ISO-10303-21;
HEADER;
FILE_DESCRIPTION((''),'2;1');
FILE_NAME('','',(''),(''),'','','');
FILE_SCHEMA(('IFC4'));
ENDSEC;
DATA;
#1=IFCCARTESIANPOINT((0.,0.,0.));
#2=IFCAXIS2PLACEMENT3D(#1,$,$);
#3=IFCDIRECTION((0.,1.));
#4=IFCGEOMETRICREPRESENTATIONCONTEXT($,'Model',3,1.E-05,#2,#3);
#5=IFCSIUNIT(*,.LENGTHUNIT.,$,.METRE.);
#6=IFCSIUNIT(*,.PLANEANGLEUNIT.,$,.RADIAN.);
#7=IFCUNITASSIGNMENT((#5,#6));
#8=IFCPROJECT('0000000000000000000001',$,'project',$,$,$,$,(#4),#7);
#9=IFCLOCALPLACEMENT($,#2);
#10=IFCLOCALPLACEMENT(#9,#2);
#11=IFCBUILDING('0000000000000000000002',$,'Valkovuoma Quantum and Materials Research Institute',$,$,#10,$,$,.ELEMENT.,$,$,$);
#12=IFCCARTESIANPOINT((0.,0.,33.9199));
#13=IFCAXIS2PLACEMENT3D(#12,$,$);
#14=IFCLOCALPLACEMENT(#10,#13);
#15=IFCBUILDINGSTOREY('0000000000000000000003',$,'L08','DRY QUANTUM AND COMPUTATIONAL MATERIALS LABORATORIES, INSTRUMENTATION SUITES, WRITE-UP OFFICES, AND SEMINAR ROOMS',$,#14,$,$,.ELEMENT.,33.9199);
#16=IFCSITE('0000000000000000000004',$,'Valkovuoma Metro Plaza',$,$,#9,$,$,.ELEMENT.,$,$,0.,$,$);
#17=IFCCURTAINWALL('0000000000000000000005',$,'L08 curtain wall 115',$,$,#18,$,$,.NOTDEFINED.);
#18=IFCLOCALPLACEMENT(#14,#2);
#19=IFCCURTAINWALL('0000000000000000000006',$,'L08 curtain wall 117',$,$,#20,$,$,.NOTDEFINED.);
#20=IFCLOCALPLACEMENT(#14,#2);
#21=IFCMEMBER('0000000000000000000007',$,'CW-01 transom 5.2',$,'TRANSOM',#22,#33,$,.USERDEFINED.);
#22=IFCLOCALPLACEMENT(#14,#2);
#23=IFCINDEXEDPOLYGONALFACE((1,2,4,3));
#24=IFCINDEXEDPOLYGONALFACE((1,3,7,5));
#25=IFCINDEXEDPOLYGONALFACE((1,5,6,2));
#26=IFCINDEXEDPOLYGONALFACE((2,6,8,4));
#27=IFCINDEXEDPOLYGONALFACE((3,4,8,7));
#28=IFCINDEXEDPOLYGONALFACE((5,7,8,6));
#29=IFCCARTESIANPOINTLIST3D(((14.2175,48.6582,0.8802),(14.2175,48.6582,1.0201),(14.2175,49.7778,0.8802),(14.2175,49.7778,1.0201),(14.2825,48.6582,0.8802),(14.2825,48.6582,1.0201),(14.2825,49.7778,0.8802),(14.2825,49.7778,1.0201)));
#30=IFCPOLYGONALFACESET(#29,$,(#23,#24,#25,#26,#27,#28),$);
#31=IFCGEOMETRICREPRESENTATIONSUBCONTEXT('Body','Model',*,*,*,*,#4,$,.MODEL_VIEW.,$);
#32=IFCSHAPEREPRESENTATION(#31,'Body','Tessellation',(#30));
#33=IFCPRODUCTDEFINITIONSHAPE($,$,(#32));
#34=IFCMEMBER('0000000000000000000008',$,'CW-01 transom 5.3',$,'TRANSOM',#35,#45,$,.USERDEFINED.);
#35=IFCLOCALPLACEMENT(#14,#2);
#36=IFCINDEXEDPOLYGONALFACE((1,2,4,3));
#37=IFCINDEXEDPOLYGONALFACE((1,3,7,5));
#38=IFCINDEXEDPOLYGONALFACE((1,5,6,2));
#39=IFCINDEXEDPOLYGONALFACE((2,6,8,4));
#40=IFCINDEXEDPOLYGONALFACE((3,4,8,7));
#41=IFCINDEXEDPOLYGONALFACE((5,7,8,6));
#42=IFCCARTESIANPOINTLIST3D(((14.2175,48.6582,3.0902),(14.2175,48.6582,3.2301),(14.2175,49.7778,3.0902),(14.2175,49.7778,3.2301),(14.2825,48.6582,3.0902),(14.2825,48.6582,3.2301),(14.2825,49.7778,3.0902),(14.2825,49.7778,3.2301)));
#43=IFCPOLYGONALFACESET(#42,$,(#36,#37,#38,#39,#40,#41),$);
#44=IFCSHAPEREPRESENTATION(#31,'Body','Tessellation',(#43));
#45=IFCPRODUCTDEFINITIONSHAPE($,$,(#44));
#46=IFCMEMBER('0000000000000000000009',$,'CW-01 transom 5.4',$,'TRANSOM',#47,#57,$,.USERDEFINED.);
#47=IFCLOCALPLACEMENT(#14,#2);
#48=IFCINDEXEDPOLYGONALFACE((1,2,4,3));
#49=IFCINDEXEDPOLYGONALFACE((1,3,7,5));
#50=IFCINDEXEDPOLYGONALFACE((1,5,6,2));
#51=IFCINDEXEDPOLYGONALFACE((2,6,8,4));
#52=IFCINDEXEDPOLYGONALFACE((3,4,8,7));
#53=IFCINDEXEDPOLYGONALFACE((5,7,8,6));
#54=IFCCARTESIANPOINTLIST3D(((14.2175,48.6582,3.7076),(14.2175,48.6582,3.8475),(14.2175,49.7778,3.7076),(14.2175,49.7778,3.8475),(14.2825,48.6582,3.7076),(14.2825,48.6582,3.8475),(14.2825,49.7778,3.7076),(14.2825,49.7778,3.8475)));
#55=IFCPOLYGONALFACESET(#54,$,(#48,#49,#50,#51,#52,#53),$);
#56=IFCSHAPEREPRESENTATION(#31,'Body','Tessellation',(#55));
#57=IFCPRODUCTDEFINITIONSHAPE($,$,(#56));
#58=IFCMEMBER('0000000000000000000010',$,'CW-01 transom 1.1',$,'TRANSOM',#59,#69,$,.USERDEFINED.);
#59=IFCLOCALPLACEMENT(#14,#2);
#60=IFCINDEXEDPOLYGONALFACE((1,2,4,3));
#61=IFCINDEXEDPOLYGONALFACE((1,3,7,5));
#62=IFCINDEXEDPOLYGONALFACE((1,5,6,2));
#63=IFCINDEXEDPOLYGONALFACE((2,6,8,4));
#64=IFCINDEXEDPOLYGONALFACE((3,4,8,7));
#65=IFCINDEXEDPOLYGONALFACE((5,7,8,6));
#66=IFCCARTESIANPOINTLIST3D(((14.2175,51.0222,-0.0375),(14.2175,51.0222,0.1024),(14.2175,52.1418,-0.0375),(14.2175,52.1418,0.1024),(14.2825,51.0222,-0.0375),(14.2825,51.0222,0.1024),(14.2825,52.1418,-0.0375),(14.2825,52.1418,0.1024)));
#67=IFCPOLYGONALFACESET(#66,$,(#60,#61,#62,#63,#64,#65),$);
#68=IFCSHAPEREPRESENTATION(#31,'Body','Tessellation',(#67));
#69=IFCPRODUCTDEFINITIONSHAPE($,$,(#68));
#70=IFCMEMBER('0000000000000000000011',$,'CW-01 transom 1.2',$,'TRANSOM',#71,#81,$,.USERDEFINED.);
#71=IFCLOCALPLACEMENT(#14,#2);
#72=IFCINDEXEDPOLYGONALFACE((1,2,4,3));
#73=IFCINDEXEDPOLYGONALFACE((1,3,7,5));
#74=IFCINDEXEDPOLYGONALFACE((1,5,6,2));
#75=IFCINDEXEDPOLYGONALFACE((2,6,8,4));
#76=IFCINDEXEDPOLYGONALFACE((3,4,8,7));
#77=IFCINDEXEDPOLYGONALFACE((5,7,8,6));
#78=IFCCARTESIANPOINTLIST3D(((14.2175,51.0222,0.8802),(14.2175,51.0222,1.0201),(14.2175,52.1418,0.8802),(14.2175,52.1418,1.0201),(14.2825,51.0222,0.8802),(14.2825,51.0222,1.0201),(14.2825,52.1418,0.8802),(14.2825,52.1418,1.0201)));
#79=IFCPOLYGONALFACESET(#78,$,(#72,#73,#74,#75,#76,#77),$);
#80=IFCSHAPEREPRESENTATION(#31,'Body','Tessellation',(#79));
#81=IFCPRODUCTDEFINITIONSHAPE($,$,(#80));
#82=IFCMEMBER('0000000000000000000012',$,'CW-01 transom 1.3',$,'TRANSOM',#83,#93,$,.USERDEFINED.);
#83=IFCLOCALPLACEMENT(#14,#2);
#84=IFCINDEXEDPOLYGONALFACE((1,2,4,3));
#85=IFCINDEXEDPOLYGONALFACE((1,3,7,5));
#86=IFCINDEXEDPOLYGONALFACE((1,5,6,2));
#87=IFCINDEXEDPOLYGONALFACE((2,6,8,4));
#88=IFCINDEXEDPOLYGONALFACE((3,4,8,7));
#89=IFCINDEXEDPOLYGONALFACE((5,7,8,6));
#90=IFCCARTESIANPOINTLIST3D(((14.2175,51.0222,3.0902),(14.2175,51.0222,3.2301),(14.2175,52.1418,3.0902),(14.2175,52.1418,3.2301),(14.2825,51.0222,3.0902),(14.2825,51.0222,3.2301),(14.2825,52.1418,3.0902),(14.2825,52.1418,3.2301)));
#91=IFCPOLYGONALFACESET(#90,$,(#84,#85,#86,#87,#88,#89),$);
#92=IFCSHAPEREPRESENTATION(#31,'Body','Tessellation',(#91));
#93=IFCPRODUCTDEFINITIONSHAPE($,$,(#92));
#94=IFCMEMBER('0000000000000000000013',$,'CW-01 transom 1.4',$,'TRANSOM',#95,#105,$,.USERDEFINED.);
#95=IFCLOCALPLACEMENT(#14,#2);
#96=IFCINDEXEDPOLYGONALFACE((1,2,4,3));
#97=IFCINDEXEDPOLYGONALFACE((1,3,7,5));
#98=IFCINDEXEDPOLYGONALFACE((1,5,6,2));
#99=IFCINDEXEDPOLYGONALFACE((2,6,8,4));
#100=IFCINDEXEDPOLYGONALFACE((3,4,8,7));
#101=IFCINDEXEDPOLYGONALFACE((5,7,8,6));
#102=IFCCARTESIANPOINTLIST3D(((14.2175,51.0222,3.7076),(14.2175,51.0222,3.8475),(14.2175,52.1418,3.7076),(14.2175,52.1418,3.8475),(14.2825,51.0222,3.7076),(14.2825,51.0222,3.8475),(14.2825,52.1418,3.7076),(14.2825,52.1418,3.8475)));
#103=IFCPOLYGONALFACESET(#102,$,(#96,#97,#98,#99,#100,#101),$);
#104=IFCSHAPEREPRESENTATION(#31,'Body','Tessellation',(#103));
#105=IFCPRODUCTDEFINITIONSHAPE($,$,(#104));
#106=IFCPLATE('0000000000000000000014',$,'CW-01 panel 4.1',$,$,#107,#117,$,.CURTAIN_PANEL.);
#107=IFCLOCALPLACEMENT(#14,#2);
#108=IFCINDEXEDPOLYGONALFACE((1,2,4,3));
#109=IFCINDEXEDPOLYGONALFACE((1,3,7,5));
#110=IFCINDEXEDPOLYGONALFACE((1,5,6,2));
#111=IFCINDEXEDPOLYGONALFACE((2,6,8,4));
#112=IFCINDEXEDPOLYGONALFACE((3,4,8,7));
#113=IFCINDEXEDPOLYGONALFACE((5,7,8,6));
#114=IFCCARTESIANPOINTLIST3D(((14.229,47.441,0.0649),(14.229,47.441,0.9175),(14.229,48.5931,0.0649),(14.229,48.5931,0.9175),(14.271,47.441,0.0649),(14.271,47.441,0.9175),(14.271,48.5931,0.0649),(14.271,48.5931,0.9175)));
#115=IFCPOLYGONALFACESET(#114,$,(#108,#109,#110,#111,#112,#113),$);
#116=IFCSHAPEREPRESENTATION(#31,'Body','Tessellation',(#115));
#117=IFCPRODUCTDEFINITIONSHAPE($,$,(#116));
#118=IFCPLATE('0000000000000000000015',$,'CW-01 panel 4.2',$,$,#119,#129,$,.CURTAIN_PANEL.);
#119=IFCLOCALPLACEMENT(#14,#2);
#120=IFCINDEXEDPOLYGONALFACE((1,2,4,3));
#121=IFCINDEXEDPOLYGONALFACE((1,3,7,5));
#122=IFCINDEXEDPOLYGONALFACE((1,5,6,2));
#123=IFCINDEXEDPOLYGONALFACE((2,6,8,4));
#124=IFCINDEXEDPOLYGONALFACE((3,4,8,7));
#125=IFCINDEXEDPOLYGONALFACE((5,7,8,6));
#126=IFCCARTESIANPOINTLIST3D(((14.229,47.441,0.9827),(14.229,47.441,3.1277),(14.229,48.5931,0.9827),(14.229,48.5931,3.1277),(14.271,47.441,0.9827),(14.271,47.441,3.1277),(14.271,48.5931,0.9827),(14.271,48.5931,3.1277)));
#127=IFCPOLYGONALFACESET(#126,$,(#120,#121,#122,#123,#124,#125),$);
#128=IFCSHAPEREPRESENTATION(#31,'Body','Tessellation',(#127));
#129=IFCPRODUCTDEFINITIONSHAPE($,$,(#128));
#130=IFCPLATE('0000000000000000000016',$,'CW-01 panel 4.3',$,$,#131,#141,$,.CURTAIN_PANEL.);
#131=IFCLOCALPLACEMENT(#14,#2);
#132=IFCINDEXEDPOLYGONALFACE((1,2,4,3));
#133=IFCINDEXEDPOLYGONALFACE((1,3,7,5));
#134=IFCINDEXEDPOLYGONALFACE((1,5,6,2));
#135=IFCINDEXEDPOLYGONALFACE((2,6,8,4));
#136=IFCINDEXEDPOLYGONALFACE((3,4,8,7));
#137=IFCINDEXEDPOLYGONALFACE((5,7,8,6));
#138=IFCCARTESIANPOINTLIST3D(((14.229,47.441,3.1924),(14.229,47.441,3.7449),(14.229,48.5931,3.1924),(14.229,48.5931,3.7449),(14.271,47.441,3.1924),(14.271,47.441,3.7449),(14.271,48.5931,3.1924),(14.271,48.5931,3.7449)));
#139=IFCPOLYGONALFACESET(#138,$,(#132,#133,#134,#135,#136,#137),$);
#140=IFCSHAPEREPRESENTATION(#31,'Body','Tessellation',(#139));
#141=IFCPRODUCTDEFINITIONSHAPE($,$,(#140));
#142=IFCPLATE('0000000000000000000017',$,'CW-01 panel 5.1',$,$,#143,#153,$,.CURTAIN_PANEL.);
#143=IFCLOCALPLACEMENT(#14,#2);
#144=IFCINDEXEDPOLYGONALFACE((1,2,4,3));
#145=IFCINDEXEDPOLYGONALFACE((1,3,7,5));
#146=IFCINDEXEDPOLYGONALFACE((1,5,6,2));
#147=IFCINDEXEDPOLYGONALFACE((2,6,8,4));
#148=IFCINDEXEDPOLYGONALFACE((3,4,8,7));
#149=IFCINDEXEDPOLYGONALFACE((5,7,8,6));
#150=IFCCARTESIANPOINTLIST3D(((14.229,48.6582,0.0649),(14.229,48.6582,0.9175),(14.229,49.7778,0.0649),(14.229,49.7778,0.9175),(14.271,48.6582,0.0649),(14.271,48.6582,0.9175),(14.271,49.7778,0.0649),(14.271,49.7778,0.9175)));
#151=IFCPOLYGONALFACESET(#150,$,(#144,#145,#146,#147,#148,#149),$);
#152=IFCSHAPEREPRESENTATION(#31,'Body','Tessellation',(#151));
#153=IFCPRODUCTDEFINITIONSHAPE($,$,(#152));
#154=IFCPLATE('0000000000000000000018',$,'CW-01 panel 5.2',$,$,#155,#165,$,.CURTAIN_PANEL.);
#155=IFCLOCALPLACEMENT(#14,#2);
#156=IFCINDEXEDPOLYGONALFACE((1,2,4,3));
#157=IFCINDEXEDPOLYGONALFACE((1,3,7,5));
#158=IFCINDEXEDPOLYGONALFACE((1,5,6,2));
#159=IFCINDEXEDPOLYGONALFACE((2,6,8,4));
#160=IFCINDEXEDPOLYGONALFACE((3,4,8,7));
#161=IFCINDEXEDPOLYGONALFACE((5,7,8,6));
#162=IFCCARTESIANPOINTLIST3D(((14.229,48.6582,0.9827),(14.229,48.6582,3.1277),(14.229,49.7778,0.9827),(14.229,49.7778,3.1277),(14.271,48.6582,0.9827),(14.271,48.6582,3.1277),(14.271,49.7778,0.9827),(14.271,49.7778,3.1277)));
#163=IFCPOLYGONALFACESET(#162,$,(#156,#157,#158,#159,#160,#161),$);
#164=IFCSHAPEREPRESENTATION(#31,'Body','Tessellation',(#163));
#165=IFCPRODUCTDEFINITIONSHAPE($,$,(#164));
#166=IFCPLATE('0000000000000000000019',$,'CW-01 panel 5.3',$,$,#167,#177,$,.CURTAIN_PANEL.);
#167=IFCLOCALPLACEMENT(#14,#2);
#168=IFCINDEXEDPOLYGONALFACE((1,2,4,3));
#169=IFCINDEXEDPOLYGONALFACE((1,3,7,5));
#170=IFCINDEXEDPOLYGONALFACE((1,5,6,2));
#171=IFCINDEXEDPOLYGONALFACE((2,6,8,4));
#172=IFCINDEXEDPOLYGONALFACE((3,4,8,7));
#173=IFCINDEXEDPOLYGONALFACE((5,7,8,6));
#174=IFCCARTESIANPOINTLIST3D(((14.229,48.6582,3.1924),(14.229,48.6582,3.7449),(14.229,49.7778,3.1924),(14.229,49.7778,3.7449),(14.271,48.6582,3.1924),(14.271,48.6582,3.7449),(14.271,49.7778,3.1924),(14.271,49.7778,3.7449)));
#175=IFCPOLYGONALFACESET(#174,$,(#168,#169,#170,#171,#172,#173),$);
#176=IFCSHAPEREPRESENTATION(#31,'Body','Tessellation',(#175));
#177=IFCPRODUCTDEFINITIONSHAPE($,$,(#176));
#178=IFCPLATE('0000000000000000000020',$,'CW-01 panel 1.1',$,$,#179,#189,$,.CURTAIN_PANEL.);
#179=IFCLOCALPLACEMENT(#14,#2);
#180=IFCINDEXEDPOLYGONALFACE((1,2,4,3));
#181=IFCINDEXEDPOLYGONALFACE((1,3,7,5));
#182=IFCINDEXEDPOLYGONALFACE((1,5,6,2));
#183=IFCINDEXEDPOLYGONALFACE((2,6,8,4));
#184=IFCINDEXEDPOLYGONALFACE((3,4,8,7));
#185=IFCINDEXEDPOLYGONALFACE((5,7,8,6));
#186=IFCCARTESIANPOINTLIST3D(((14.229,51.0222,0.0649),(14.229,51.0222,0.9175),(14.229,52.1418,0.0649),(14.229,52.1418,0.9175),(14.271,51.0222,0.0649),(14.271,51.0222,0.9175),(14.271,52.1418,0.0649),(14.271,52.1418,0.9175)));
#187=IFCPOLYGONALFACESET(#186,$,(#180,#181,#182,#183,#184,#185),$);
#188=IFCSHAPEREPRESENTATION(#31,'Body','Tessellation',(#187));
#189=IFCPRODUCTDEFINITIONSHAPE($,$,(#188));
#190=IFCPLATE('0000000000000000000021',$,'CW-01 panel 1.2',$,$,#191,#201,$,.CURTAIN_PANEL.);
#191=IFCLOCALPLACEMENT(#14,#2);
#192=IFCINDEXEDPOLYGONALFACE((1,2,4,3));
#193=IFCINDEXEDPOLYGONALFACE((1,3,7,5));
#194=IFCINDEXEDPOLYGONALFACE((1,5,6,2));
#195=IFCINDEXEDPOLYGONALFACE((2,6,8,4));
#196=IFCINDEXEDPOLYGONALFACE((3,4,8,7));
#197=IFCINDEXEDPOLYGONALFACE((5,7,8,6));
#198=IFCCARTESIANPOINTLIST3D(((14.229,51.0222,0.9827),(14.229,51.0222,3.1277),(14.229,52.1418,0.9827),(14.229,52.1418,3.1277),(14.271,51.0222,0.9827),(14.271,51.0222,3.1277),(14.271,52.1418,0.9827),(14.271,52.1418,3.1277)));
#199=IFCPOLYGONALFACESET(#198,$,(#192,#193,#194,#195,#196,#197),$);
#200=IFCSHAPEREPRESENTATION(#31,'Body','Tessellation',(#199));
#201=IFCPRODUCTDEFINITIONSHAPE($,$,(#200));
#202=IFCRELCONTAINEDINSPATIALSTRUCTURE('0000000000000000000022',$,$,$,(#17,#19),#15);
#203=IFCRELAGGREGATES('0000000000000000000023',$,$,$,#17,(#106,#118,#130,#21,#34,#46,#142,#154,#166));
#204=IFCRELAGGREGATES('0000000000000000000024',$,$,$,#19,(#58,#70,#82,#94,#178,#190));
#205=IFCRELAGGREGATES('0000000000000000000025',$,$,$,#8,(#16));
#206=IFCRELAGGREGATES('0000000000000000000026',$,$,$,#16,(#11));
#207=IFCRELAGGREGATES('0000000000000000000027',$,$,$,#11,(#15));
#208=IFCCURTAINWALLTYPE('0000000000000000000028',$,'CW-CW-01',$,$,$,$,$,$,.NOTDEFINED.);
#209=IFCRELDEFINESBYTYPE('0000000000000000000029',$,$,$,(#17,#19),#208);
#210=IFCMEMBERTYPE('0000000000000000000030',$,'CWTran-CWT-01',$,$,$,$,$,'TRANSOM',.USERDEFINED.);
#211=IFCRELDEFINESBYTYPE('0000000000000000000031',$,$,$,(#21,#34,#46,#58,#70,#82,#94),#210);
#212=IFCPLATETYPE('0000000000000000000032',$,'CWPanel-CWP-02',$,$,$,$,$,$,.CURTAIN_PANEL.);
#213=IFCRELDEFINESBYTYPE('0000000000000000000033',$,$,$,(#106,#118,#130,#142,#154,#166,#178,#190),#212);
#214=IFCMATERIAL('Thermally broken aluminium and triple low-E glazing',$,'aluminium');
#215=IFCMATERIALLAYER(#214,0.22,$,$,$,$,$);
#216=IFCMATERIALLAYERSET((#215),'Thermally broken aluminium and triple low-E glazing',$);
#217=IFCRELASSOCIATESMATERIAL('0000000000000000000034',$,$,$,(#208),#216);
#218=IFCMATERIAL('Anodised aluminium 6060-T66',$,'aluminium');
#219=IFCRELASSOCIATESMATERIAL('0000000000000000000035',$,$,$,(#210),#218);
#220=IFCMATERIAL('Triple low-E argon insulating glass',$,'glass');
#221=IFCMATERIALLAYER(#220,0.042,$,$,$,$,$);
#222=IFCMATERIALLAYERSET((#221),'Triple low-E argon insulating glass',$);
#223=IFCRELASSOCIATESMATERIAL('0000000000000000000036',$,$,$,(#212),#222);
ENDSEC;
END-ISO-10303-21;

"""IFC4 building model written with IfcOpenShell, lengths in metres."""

from ifc_helpers import new_model, si_unit, direction, frame, origin, origin_2d, place, context, subcontext, project, spatial, rectangle, extrude, material, layer, layer_set, material_profile, profile_set, type_object, element, aggregate, save


model = new_model("IFC4")

# Units and contexts
model_context = context("Model", 3, precision=1e-05, world=origin(), true_north=direction((0.0, 1.0)))
body_context = subcontext(model_context, "Body", "Model", "MODEL_VIEW")
ifc_project = project(units=[si_unit("LENGTHUNIT", "METRE"), si_unit("PLANEANGLEUNIT", "RADIAN")], contexts=[model_context])

# Site, building, storey
site_placement = place(None, origin())
site = spatial("IfcSite", under=ifc_project, at=site_placement, Name="Valkovuoma Metro Plaza", CompositionType="ELEMENT", RefElevation=0.0)
building_placement = place(site_placement, origin())
building = spatial("IfcBuilding", under=site, at=building_placement, Name="Valkovuoma Quantum and Materials Research Institute", CompositionType="ELEMENT")
storey_placement = place(building_placement, frame((0.0, 0.0, 33.9199)))
storey = spatial("IfcBuildingStorey", under=building, at=storey_placement, Name="L08", Description="DRY QUANTUM AND COMPUTATIONAL MATERIALS LABORATORIES, INSTRUMENTATION SUITES, WRITE-UP OFFICES, AND SEMINAR ROOMS", CompositionType="ELEMENT", Elevation=33.9199)

# Curtain wall
ifc_material_1 = material(Name="Thermally broken aluminium and triple low-E glazing", Category="aluminium")
ifc_layer_1 = layer(ifc_material_1, 0.22)
ifc_layer_set_1 = layer_set([ifc_layer_1], Name="Thermally broken aluminium and triple low-E glazing")
curtain_wall_type = type_object("IfcCurtainWallType", Name="CW-CW-01", PredefinedType="NOTDEFINED", material=ifc_layer_set_1)
curtain_wall_1_placement = place(storey_placement, origin())
curtain_wall_1 = element("IfcCurtainWall", 1, at=curtain_wall_1_placement, inside=storey, type_object=curtain_wall_type, Name="L08 curtain wall 115", PredefinedType="NOTDEFINED")

# Curtain wall
curtain_wall_2_placement = place(storey_placement, origin())
curtain_wall_2 = element("IfcCurtainWall", 2, at=curtain_wall_2_placement, inside=storey, type_object=curtain_wall_type, Name="L08 curtain wall 117", PredefinedType="NOTDEFINED")

# Members
ifc_material_2 = material(Name="Anodised aluminium 6060-T66", Category="aluminium")
ifc_material_profile_1 = material_profile(ifc_material_2, rectangle(XDim=0.0649, YDim=0.1399, at=origin_2d()), Name="Anodised aluminium 6060-T66")
ifc_profile_set_1 = profile_set([ifc_material_profile_1], Name="Anodised aluminium 6060-T66")
member_type_1 = type_object("IfcMemberType", Name="CWTran-CWT-01", ElementType="TRANSOM", PredefinedType="USERDEFINED", material=ifc_profile_set_1)
member_1_placement = place(storey_placement, frame((14.25, 48.6582, 0.9502), z_axis=(0.0, 1.0, 0.0), x_axis=(-1.0, 0.0, 0.0)))
member_1 = element("IfcMember", 3, at=member_1_placement, type_object=member_type_1, Name="CW-01 transom 5.2", ObjectType="TRANSOM", PredefinedType="USERDEFINED", context=body_context, shape_type="SweptSolid", body=[
    extrude(rectangle(XDim=0.0649, YDim=0.1399, at=origin_2d()), origin(), (0.0, 0.0, 1.0), 1.1196),
])
member_2_placement = place(storey_placement, frame((14.25, 48.6582, 3.1602), z_axis=(0.0, 1.0, 0.0), x_axis=(-1.0, 0.0, 0.0)))
member_2 = element("IfcMember", 4, at=member_2_placement, type_object=member_type_1, Name="CW-01 transom 5.3", ObjectType="TRANSOM", PredefinedType="USERDEFINED", context=body_context, shape_type="SweptSolid", body=[
    extrude(rectangle(XDim=0.0649, YDim=0.1399, at=origin_2d()), origin(), (0.0, 0.0, 1.0), 1.1196),
])
member_3_placement = place(storey_placement, frame((14.25, 48.6582, 3.7776), z_axis=(0.0, 1.0, 0.0), x_axis=(-1.0, 0.0, 0.0)))
member_3 = element("IfcMember", 5, at=member_3_placement, type_object=member_type_1, Name="CW-01 transom 5.4", ObjectType="TRANSOM", PredefinedType="USERDEFINED", context=body_context, shape_type="SweptSolid", body=[
    extrude(rectangle(XDim=0.0649, YDim=0.1399, at=origin_2d()), origin(), (0.0, 0.0, 1.0), 1.1196),
])
member_4_placement = place(storey_placement, frame((14.25, 51.0222, 0.0325), z_axis=(0.0, 1.0, 0.0), x_axis=(-1.0, 0.0, 0.0)))
member_4 = element("IfcMember", 6, at=member_4_placement, type_object=member_type_1, Name="CW-01 transom 1.1", ObjectType="TRANSOM", PredefinedType="USERDEFINED", context=body_context, shape_type="SweptSolid", body=[
    extrude(rectangle(XDim=0.0649, YDim=0.1399, at=origin_2d()), origin(), (0.0, 0.0, 1.0), 1.1196),
])
member_5_placement = place(storey_placement, frame((14.25, 51.0222, 0.9502), z_axis=(0.0, 1.0, 0.0), x_axis=(-1.0, 0.0, 0.0)))
member_5 = element("IfcMember", 7, at=member_5_placement, type_object=member_type_1, Name="CW-01 transom 1.2", ObjectType="TRANSOM", PredefinedType="USERDEFINED", context=body_context, shape_type="SweptSolid", body=[
    extrude(rectangle(XDim=0.0649, YDim=0.1399, at=origin_2d()), origin(), (0.0, 0.0, 1.0), 1.1196),
])
member_6_placement = place(storey_placement, frame((14.25, 51.0222, 3.1602), z_axis=(0.0, 1.0, 0.0), x_axis=(-1.0, 0.0, 0.0)))
member_6 = element("IfcMember", 8, at=member_6_placement, type_object=member_type_1, Name="CW-01 transom 1.3", ObjectType="TRANSOM", PredefinedType="USERDEFINED", context=body_context, shape_type="SweptSolid", body=[
    extrude(rectangle(XDim=0.0649, YDim=0.1399, at=origin_2d()), origin(), (0.0, 0.0, 1.0), 1.1196),
])
member_7_placement = place(storey_placement, frame((14.25, 51.0222, 3.7776), z_axis=(0.0, 1.0, 0.0), x_axis=(-1.0, 0.0, 0.0)))
member_7 = element("IfcMember", 9, at=member_7_placement, type_object=member_type_1, Name="CW-01 transom 1.4", ObjectType="TRANSOM", PredefinedType="USERDEFINED", context=body_context, shape_type="SweptSolid", body=[
    extrude(rectangle(XDim=0.0649, YDim=0.1399, at=origin_2d()), origin(), (0.0, 0.0, 1.0), 1.1196),
])

# Plates
ifc_material_3 = material(Name="Triple low-E argon insulating glass", Category="glass")
ifc_layer_2 = layer(ifc_material_3, 0.042)
ifc_layer_set_2 = layer_set([ifc_layer_2], Name="Triple low-E argon insulating glass")
plate_type = type_object("IfcPlateType", Name="CWPanel-CWP-02", PredefinedType="CURTAIN_PANEL", material=ifc_layer_set_2)
plate_1_placement = place(storey_placement, frame((14.25, 48.0171, 0.0649), z_axis=(0.0, 0.0, 1.0), x_axis=(0.0, 1.0, 0.0)))
plate_1 = element("IfcPlate", 10, at=plate_1_placement, type_object=plate_type, Name="CW-01 panel 4.1", PredefinedType="CURTAIN_PANEL", context=body_context, shape_type="SweptSolid", body=[
    extrude(rectangle(XDim=1.1521, YDim=0.042, at=origin_2d()), origin(), (0.0, 0.0, 1.0), 0.8525),
])
plate_2_placement = place(storey_placement, frame((14.25, 48.0171, 0.9827), z_axis=(0.0, 0.0, 1.0), x_axis=(0.0, 1.0, 0.0)))
plate_2 = element("IfcPlate", 11, at=plate_2_placement, type_object=plate_type, Name="CW-01 panel 4.2", PredefinedType="CURTAIN_PANEL", context=body_context, shape_type="SweptSolid", body=[
    extrude(rectangle(XDim=1.1521, YDim=0.042, at=origin_2d()), origin(), (0.0, 0.0, 1.0), 2.145),
])
plate_3_placement = place(storey_placement, frame((14.25, 48.0171, 3.1924), z_axis=(0.0, 0.0, 1.0), x_axis=(0.0, 1.0, 0.0)))
plate_3 = element("IfcPlate", 12, at=plate_3_placement, type_object=plate_type, Name="CW-01 panel 4.3", PredefinedType="CURTAIN_PANEL", context=body_context, shape_type="SweptSolid", body=[
    extrude(rectangle(XDim=1.1521, YDim=0.042, at=origin_2d()), origin(), (0.0, 0.0, 1.0), 0.5525),
])
plate_4_placement = place(storey_placement, frame((14.25, 49.218, 0.0649), z_axis=(0.0, 0.0, 1.0), x_axis=(0.0, 1.0, 0.0)))
plate_4 = element("IfcPlate", 13, at=plate_4_placement, type_object=plate_type, Name="CW-01 panel 5.1", PredefinedType="CURTAIN_PANEL", context=body_context, shape_type="SweptSolid", body=[
    extrude(rectangle(XDim=1.1196, YDim=0.042, at=origin_2d()), origin(), (0.0, 0.0, 1.0), 0.8525),
])
plate_5_placement = place(storey_placement, frame((14.25, 49.218, 0.9827), z_axis=(0.0, 0.0, 1.0), x_axis=(0.0, 1.0, 0.0)))
plate_5 = element("IfcPlate", 14, at=plate_5_placement, type_object=plate_type, Name="CW-01 panel 5.2", PredefinedType="CURTAIN_PANEL", context=body_context, shape_type="SweptSolid", body=[
    extrude(rectangle(XDim=1.1196, YDim=0.042, at=origin_2d()), origin(), (0.0, 0.0, 1.0), 2.145),
])
plate_6_placement = place(storey_placement, frame((14.25, 49.218, 3.1924), z_axis=(0.0, 0.0, 1.0), x_axis=(0.0, 1.0, 0.0)))
plate_6 = element("IfcPlate", 15, at=plate_6_placement, type_object=plate_type, Name="CW-01 panel 5.3", PredefinedType="CURTAIN_PANEL", context=body_context, shape_type="SweptSolid", body=[
    extrude(rectangle(XDim=1.1196, YDim=0.042, at=origin_2d()), origin(), (0.0, 0.0, 1.0), 0.5525),
])
aggregate(curtain_wall_1, [plate_1, plate_2, plate_3, member_1, member_2, member_3, plate_4, plate_5, plate_6])
plate_7_placement = place(storey_placement, frame((14.25, 51.582, 0.0649), z_axis=(0.0, 0.0, 1.0), x_axis=(0.0, 1.0, 0.0)))
plate_7 = element("IfcPlate", 16, at=plate_7_placement, type_object=plate_type, Name="CW-01 panel 1.1", PredefinedType="CURTAIN_PANEL", context=body_context, shape_type="SweptSolid", body=[
    extrude(rectangle(XDim=1.1196, YDim=0.042, at=origin_2d()), origin(), (0.0, 0.0, 1.0), 0.8525),
])
plate_8_placement = place(storey_placement, frame((14.25, 51.582, 0.9827), z_axis=(0.0, 0.0, 1.0), x_axis=(0.0, 1.0, 0.0)))
plate_8 = element("IfcPlate", 17, at=plate_8_placement, type_object=plate_type, Name="CW-01 panel 1.2", PredefinedType="CURTAIN_PANEL", context=body_context, shape_type="SweptSolid", body=[
    extrude(rectangle(XDim=1.1196, YDim=0.042, at=origin_2d()), origin(), (0.0, 0.0, 1.0), 2.145),
])
aggregate(curtain_wall_2, [member_4, member_5, member_6, member_7, plate_7, plate_8])

save(model, "model.ifc")
